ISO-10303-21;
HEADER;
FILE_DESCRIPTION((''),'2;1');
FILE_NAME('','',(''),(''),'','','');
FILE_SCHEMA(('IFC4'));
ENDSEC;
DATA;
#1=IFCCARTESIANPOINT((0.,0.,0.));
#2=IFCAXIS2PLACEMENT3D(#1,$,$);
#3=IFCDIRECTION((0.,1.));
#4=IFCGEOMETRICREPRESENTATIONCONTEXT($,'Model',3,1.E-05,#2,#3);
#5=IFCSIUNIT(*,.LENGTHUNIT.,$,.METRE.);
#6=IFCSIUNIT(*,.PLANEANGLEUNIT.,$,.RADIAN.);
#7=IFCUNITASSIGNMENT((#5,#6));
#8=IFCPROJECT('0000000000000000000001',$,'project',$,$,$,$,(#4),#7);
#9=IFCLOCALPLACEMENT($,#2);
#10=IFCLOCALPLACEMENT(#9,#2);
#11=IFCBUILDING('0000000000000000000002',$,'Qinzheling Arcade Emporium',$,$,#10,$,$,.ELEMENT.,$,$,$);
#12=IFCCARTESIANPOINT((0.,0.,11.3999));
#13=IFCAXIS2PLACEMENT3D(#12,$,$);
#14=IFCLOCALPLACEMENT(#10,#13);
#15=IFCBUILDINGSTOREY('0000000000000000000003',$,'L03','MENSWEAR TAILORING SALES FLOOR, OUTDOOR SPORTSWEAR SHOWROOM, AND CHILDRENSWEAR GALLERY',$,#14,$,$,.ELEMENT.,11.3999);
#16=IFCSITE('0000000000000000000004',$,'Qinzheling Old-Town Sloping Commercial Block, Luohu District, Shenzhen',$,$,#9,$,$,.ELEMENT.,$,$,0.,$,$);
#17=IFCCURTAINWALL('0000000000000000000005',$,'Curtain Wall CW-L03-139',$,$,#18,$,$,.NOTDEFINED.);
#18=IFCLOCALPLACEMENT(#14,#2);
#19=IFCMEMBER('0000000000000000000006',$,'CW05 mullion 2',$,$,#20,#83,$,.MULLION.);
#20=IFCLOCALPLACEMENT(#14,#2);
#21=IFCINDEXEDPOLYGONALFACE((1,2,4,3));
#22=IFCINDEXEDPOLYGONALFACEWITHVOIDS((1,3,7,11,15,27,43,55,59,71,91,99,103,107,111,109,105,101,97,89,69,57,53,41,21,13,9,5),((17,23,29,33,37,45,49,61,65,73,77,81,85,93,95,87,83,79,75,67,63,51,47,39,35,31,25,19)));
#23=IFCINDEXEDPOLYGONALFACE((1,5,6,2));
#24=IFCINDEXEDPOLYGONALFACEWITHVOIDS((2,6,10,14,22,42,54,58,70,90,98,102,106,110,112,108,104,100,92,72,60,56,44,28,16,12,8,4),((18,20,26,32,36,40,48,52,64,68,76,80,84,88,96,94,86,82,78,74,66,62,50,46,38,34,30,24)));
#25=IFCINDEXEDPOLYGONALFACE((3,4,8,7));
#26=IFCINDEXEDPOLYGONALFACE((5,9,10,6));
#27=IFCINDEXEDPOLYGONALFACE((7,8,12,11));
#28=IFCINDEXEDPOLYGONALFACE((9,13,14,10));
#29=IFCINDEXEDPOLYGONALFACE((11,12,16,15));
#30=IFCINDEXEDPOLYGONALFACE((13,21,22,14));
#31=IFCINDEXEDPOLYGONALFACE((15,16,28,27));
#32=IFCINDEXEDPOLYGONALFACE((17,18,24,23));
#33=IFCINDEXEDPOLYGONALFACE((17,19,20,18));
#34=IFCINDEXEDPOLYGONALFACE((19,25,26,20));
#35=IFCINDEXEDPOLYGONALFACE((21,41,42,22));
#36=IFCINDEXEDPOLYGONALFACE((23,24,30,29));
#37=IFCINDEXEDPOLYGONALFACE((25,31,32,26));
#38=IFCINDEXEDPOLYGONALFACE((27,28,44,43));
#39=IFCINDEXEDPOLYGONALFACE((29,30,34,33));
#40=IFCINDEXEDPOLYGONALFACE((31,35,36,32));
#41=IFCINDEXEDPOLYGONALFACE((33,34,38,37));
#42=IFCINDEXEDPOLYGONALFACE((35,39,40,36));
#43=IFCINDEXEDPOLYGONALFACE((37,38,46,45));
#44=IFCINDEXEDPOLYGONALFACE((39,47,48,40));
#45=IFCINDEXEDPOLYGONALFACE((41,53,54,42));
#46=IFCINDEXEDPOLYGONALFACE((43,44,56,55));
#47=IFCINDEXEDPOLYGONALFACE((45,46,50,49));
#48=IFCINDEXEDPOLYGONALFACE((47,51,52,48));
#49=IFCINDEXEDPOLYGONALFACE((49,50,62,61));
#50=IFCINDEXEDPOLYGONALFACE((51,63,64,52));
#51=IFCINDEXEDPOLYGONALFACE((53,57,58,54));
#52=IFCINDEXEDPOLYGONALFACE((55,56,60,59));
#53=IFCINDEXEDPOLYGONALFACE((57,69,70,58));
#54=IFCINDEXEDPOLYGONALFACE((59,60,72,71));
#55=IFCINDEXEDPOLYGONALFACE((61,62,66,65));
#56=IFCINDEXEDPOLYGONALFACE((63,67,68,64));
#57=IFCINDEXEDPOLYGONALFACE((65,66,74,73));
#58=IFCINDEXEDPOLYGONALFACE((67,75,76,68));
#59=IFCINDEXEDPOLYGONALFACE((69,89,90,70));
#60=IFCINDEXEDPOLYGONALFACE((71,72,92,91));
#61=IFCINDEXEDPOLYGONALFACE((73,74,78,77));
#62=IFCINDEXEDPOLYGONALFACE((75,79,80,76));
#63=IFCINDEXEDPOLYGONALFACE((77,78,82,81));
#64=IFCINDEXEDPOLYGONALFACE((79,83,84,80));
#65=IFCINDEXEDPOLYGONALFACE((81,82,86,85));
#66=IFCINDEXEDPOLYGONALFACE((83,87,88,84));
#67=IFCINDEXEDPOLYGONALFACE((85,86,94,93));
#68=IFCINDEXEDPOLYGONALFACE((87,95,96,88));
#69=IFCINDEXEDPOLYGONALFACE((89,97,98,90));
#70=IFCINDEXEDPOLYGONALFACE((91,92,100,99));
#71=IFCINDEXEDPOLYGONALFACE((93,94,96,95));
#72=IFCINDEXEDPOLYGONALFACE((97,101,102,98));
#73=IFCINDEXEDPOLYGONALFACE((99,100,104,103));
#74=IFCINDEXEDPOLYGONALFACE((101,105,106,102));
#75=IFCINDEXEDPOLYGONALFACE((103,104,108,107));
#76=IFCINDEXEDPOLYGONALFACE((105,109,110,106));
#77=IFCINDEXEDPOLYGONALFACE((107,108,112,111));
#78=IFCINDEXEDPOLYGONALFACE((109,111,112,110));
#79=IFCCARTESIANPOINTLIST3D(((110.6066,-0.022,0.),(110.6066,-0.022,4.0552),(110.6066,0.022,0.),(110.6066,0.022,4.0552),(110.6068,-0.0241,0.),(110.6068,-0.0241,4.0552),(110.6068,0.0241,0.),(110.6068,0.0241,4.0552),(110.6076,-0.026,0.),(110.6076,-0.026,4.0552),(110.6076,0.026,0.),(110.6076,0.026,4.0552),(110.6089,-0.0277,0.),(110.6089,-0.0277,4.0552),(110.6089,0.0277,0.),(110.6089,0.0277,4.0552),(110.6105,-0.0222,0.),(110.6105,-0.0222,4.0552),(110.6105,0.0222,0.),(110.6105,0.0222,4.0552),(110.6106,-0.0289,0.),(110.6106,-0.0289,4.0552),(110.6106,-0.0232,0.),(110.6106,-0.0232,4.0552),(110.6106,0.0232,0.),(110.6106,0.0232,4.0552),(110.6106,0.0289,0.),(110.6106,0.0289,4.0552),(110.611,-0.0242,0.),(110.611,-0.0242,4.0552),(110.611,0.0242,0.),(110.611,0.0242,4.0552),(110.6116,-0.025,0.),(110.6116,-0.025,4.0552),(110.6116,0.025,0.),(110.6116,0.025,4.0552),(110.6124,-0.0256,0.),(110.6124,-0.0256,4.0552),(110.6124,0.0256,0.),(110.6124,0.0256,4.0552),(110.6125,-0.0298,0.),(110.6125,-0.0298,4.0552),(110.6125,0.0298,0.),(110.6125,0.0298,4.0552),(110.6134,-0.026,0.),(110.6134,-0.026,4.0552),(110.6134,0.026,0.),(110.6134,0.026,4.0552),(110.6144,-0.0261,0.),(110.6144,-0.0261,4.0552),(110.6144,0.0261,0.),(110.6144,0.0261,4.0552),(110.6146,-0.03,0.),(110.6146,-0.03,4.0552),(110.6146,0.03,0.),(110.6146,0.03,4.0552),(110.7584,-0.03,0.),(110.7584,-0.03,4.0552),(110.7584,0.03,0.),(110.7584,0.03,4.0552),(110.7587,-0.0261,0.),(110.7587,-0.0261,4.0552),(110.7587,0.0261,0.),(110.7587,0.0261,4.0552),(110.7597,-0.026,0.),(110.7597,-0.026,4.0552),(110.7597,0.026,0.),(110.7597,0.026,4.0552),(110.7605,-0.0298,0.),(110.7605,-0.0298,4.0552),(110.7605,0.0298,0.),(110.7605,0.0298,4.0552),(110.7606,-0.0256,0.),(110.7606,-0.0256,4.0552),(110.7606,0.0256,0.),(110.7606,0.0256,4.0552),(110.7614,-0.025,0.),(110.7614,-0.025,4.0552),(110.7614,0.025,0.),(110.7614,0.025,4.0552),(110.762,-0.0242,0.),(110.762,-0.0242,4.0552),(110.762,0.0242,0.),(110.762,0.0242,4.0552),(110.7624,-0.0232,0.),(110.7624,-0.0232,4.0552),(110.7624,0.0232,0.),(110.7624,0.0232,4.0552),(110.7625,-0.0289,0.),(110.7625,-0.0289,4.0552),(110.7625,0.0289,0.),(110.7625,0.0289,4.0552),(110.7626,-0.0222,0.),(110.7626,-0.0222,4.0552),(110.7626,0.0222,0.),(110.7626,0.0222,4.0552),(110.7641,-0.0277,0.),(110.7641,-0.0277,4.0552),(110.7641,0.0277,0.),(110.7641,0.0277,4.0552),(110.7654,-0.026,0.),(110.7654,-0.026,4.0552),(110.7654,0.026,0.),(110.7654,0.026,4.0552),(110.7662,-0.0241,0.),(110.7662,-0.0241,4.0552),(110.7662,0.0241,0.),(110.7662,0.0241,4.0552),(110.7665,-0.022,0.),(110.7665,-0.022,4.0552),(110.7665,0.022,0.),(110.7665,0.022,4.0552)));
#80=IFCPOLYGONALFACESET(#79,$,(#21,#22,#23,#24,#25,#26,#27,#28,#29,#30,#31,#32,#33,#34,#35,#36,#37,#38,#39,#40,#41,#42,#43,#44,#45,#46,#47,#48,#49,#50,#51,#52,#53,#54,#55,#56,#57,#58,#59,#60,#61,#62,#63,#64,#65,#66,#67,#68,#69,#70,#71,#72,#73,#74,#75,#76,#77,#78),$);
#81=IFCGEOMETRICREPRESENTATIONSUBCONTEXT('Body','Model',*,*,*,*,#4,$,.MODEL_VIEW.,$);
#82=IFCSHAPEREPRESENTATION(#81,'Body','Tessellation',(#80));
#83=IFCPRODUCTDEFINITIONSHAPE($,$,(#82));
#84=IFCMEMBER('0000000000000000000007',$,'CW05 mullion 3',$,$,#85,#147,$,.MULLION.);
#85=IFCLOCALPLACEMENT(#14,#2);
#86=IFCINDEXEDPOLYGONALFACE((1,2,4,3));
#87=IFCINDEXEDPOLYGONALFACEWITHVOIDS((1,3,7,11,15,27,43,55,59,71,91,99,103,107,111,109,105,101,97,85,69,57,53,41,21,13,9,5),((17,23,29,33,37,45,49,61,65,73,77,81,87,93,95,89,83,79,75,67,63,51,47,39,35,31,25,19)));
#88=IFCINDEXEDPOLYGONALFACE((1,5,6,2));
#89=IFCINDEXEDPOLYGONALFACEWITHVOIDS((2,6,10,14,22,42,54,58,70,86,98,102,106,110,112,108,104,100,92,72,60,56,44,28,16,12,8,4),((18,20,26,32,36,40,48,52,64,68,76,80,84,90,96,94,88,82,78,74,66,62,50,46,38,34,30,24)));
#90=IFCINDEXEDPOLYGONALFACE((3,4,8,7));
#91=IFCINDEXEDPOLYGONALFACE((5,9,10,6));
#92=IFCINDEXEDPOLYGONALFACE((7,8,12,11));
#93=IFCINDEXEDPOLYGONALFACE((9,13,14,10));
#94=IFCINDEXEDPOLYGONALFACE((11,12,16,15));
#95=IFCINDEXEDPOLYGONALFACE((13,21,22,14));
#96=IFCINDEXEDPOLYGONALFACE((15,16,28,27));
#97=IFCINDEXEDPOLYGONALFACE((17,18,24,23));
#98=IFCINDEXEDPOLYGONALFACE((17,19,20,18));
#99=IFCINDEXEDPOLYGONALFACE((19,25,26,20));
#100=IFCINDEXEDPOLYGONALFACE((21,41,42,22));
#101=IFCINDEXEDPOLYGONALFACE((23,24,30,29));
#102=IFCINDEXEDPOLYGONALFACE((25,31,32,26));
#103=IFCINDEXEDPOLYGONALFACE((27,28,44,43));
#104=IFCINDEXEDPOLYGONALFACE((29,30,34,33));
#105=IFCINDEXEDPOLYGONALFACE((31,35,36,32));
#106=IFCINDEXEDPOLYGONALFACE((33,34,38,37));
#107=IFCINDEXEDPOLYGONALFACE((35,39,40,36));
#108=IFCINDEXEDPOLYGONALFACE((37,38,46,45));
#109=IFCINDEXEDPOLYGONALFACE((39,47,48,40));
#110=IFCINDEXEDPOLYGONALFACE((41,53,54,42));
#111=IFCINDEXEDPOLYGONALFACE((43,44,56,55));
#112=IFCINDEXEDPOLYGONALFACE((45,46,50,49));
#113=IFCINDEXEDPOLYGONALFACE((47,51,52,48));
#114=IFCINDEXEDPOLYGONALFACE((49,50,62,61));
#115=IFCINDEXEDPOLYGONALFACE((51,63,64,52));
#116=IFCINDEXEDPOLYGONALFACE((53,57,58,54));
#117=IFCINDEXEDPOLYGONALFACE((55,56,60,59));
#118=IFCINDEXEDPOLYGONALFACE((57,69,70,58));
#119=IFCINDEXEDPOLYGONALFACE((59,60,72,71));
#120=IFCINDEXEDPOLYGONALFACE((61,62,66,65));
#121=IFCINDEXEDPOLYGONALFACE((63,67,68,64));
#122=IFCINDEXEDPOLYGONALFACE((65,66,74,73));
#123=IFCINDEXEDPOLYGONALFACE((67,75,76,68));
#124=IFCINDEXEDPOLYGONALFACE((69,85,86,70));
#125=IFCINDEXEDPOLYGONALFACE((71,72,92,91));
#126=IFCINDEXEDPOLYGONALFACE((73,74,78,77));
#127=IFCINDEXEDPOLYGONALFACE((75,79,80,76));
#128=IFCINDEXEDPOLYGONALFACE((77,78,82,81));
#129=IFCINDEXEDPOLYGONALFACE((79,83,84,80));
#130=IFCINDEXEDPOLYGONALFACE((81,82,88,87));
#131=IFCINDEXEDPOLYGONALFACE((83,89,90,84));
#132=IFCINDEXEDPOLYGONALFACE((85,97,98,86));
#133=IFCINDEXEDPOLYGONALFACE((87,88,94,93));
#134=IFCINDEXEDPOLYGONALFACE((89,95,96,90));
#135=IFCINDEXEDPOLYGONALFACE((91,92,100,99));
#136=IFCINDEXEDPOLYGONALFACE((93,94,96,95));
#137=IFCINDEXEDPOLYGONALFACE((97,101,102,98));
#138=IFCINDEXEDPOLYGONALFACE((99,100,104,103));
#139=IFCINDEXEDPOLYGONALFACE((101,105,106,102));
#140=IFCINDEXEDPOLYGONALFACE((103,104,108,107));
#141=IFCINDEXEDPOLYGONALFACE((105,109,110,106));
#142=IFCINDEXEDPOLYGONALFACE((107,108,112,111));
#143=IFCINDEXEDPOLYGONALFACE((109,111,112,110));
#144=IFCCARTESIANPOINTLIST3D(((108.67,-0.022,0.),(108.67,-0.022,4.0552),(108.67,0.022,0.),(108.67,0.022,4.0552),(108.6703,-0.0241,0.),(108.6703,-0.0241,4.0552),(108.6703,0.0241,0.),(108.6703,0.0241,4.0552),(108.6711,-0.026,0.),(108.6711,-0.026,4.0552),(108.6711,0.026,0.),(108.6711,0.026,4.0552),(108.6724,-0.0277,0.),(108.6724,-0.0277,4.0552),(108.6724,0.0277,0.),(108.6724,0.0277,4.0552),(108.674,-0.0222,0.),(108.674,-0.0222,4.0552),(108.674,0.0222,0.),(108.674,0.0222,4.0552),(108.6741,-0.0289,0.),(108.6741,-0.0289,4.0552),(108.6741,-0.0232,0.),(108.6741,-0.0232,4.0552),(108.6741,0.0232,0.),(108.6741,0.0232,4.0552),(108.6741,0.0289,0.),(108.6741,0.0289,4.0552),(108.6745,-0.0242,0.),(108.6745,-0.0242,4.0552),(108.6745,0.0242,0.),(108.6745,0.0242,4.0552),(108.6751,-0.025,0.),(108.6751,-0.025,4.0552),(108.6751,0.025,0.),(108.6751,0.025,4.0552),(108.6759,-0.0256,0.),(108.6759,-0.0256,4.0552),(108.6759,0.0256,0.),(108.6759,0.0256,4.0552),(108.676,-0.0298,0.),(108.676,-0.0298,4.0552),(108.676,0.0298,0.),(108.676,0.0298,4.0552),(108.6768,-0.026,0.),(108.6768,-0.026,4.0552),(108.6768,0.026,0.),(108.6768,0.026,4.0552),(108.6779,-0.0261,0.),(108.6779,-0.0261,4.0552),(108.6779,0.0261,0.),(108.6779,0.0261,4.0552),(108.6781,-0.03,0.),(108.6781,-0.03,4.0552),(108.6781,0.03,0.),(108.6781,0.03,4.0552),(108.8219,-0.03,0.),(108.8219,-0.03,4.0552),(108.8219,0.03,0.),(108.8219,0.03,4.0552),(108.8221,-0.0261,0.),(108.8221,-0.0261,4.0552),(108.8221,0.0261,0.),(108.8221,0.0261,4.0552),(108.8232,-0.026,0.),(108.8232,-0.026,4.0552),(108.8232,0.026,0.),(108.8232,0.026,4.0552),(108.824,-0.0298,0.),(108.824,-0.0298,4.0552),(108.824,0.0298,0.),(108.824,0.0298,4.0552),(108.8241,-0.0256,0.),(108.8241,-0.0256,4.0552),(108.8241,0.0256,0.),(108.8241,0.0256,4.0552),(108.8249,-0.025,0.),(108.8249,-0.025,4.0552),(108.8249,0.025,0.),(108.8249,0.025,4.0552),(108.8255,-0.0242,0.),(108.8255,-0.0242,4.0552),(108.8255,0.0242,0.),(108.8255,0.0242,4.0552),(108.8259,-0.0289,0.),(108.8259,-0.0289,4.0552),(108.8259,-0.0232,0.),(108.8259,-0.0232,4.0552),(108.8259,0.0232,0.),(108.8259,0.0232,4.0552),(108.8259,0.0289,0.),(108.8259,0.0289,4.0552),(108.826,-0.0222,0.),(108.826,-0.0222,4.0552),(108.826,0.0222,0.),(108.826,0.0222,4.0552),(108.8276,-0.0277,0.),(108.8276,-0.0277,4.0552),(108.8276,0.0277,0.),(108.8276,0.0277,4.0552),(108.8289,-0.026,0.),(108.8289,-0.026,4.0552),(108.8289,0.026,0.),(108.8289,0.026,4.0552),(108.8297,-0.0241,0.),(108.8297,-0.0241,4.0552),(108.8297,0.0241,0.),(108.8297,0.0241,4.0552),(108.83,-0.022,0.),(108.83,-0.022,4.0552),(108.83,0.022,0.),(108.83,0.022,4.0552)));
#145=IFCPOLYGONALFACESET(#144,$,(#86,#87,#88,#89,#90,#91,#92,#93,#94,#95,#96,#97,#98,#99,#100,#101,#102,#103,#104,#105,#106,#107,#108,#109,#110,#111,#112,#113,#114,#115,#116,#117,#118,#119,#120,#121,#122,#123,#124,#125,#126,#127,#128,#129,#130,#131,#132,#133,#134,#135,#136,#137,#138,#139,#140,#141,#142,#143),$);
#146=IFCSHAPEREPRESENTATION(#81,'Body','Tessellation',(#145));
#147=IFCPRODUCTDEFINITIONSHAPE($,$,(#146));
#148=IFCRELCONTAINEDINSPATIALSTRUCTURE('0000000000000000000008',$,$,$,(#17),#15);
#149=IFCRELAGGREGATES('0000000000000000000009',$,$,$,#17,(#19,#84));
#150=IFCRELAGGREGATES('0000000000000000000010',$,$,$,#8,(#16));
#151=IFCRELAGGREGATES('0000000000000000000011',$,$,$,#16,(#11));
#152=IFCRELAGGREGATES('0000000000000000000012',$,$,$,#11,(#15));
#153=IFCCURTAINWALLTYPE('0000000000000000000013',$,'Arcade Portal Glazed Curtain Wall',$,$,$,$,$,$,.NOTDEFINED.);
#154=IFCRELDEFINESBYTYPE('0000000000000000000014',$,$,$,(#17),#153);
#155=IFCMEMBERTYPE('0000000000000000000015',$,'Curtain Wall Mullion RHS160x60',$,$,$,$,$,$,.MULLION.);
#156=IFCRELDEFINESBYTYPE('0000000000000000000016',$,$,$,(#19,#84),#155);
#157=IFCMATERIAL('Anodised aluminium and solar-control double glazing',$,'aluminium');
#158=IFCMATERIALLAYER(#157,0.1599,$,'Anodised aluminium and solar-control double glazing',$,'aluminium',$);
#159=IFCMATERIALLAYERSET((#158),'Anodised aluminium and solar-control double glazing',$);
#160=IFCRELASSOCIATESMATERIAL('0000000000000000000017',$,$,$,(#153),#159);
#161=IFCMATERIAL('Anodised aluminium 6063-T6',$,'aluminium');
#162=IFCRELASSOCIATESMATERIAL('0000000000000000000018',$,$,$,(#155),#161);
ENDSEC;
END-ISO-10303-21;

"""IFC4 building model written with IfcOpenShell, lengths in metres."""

from ifc_helpers import new_model, si_unit, direction, frame, origin, origin_2d, place, context, subcontext, project, spatial, hollow_rectangle, extrude, material, layer, layer_set, material_profile, profile_set, type_object, element, aggregate, save


model = new_model("IFC4")

# Units and contexts
model_context = context("Model", 3, precision=1e-05, world=origin(), true_north=direction((0.0, 1.0)))
body_context = subcontext(model_context, "Body", "Model", "MODEL_VIEW")
ifc_project = project(units=[si_unit("LENGTHUNIT", "METRE"), si_unit("PLANEANGLEUNIT", "RADIAN")], contexts=[model_context])

# Site, building, storey
site_placement = place(None, origin())
site = spatial("IfcSite", under=ifc_project, at=site_placement, Name="Qinzheling Old-Town Sloping Commercial Block, Luohu District, Shenzhen", CompositionType="ELEMENT", RefElevation=0.0)
building_placement = place(site_placement, origin())
building = spatial("IfcBuilding", under=site, at=building_placement, Name="Qinzheling Arcade Emporium", CompositionType="ELEMENT")
storey_placement = place(building_placement, frame((0.0, 0.0, 11.3999)))
storey = spatial("IfcBuildingStorey", under=building, at=storey_placement, Name="L03", Description="MENSWEAR TAILORING SALES FLOOR, OUTDOOR SPORTSWEAR SHOWROOM, AND CHILDRENSWEAR GALLERY", CompositionType="ELEMENT", Elevation=11.3999)

# Curtain wall, members
ifc_material_1 = material(Name="Anodised aluminium and solar-control double glazing", Category="aluminium")
ifc_layer_1 = layer(ifc_material_1, 0.1599, Name="Anodised aluminium and solar-control double glazing", Category="aluminium")
ifc_layer_set_1 = layer_set([ifc_layer_1], Name="Anodised aluminium and solar-control double glazing")
curtain_wall_type = type_object("IfcCurtainWallType", Name="Arcade Portal Glazed Curtain Wall", PredefinedType="NOTDEFINED", material=ifc_layer_set_1)
curtain_wall_placement = place(storey_placement, origin())
curtain_wall = element("IfcCurtainWall", 1, at=curtain_wall_placement, inside=storey, type_object=curtain_wall_type, Name="Curtain Wall CW-L03-139", PredefinedType="NOTDEFINED")
ifc_material_2 = material(Name="Anodised aluminium 6063-T6", Category="aluminium")
ifc_material_profile_1 = material_profile(ifc_material_2, hollow_rectangle(XDim=0.0601, YDim=0.1599, WallThickness=0.0039, InnerFilletRadius=0.0039, OuterFilletRadius=0.0081, at=origin_2d()), Name="RHS 160x60x4", Category="aluminium")
ifc_profile_set_1 = profile_set([ifc_material_profile_1], Name="Anodised aluminium 6063-T6")
member_type_1 = type_object("IfcMemberType", Name="Curtain Wall Mullion RHS160x60", PredefinedType="MULLION", material=ifc_profile_set_1)
member_1_placement = place(storey_placement, frame((110.6865, 0.0, 0.0), z_axis=(0.0, 0.0, 1.0), x_axis=(0.0, -1.0, 0.0)))
member_1 = element("IfcMember", 2, at=member_1_placement, type_object=member_type_1, Name="CW05 mullion 2", PredefinedType="MULLION", context=body_context, shape_type="SweptSolid", body=[
    extrude(hollow_rectangle(XDim=0.0601, YDim=0.1599, WallThickness=0.0039, InnerFilletRadius=0.0039, OuterFilletRadius=0.0081, at=origin_2d()), origin(), (0.0, 0.0, 1.0), 4.0552),
])
member_2_placement = place(storey_placement, frame((108.75, 0.0, 0.0), z_axis=(0.0, 0.0, 1.0), x_axis=(0.0, -1.0, 0.0)))
member_2 = element("IfcMember", 3, at=member_2_placement, type_object=member_type_1, Name="CW05 mullion 3", PredefinedType="MULLION", context=body_context, shape_type="SweptSolid", body=[
    extrude(hollow_rectangle(XDim=0.0601, YDim=0.1599, WallThickness=0.0039, InnerFilletRadius=0.0039, OuterFilletRadius=0.0081, at=origin_2d()), origin(), (0.0, 0.0, 1.0), 4.0552),
])

aggregate(curtain_wall, [member_1, member_2])

save(model, "model.ifc")
